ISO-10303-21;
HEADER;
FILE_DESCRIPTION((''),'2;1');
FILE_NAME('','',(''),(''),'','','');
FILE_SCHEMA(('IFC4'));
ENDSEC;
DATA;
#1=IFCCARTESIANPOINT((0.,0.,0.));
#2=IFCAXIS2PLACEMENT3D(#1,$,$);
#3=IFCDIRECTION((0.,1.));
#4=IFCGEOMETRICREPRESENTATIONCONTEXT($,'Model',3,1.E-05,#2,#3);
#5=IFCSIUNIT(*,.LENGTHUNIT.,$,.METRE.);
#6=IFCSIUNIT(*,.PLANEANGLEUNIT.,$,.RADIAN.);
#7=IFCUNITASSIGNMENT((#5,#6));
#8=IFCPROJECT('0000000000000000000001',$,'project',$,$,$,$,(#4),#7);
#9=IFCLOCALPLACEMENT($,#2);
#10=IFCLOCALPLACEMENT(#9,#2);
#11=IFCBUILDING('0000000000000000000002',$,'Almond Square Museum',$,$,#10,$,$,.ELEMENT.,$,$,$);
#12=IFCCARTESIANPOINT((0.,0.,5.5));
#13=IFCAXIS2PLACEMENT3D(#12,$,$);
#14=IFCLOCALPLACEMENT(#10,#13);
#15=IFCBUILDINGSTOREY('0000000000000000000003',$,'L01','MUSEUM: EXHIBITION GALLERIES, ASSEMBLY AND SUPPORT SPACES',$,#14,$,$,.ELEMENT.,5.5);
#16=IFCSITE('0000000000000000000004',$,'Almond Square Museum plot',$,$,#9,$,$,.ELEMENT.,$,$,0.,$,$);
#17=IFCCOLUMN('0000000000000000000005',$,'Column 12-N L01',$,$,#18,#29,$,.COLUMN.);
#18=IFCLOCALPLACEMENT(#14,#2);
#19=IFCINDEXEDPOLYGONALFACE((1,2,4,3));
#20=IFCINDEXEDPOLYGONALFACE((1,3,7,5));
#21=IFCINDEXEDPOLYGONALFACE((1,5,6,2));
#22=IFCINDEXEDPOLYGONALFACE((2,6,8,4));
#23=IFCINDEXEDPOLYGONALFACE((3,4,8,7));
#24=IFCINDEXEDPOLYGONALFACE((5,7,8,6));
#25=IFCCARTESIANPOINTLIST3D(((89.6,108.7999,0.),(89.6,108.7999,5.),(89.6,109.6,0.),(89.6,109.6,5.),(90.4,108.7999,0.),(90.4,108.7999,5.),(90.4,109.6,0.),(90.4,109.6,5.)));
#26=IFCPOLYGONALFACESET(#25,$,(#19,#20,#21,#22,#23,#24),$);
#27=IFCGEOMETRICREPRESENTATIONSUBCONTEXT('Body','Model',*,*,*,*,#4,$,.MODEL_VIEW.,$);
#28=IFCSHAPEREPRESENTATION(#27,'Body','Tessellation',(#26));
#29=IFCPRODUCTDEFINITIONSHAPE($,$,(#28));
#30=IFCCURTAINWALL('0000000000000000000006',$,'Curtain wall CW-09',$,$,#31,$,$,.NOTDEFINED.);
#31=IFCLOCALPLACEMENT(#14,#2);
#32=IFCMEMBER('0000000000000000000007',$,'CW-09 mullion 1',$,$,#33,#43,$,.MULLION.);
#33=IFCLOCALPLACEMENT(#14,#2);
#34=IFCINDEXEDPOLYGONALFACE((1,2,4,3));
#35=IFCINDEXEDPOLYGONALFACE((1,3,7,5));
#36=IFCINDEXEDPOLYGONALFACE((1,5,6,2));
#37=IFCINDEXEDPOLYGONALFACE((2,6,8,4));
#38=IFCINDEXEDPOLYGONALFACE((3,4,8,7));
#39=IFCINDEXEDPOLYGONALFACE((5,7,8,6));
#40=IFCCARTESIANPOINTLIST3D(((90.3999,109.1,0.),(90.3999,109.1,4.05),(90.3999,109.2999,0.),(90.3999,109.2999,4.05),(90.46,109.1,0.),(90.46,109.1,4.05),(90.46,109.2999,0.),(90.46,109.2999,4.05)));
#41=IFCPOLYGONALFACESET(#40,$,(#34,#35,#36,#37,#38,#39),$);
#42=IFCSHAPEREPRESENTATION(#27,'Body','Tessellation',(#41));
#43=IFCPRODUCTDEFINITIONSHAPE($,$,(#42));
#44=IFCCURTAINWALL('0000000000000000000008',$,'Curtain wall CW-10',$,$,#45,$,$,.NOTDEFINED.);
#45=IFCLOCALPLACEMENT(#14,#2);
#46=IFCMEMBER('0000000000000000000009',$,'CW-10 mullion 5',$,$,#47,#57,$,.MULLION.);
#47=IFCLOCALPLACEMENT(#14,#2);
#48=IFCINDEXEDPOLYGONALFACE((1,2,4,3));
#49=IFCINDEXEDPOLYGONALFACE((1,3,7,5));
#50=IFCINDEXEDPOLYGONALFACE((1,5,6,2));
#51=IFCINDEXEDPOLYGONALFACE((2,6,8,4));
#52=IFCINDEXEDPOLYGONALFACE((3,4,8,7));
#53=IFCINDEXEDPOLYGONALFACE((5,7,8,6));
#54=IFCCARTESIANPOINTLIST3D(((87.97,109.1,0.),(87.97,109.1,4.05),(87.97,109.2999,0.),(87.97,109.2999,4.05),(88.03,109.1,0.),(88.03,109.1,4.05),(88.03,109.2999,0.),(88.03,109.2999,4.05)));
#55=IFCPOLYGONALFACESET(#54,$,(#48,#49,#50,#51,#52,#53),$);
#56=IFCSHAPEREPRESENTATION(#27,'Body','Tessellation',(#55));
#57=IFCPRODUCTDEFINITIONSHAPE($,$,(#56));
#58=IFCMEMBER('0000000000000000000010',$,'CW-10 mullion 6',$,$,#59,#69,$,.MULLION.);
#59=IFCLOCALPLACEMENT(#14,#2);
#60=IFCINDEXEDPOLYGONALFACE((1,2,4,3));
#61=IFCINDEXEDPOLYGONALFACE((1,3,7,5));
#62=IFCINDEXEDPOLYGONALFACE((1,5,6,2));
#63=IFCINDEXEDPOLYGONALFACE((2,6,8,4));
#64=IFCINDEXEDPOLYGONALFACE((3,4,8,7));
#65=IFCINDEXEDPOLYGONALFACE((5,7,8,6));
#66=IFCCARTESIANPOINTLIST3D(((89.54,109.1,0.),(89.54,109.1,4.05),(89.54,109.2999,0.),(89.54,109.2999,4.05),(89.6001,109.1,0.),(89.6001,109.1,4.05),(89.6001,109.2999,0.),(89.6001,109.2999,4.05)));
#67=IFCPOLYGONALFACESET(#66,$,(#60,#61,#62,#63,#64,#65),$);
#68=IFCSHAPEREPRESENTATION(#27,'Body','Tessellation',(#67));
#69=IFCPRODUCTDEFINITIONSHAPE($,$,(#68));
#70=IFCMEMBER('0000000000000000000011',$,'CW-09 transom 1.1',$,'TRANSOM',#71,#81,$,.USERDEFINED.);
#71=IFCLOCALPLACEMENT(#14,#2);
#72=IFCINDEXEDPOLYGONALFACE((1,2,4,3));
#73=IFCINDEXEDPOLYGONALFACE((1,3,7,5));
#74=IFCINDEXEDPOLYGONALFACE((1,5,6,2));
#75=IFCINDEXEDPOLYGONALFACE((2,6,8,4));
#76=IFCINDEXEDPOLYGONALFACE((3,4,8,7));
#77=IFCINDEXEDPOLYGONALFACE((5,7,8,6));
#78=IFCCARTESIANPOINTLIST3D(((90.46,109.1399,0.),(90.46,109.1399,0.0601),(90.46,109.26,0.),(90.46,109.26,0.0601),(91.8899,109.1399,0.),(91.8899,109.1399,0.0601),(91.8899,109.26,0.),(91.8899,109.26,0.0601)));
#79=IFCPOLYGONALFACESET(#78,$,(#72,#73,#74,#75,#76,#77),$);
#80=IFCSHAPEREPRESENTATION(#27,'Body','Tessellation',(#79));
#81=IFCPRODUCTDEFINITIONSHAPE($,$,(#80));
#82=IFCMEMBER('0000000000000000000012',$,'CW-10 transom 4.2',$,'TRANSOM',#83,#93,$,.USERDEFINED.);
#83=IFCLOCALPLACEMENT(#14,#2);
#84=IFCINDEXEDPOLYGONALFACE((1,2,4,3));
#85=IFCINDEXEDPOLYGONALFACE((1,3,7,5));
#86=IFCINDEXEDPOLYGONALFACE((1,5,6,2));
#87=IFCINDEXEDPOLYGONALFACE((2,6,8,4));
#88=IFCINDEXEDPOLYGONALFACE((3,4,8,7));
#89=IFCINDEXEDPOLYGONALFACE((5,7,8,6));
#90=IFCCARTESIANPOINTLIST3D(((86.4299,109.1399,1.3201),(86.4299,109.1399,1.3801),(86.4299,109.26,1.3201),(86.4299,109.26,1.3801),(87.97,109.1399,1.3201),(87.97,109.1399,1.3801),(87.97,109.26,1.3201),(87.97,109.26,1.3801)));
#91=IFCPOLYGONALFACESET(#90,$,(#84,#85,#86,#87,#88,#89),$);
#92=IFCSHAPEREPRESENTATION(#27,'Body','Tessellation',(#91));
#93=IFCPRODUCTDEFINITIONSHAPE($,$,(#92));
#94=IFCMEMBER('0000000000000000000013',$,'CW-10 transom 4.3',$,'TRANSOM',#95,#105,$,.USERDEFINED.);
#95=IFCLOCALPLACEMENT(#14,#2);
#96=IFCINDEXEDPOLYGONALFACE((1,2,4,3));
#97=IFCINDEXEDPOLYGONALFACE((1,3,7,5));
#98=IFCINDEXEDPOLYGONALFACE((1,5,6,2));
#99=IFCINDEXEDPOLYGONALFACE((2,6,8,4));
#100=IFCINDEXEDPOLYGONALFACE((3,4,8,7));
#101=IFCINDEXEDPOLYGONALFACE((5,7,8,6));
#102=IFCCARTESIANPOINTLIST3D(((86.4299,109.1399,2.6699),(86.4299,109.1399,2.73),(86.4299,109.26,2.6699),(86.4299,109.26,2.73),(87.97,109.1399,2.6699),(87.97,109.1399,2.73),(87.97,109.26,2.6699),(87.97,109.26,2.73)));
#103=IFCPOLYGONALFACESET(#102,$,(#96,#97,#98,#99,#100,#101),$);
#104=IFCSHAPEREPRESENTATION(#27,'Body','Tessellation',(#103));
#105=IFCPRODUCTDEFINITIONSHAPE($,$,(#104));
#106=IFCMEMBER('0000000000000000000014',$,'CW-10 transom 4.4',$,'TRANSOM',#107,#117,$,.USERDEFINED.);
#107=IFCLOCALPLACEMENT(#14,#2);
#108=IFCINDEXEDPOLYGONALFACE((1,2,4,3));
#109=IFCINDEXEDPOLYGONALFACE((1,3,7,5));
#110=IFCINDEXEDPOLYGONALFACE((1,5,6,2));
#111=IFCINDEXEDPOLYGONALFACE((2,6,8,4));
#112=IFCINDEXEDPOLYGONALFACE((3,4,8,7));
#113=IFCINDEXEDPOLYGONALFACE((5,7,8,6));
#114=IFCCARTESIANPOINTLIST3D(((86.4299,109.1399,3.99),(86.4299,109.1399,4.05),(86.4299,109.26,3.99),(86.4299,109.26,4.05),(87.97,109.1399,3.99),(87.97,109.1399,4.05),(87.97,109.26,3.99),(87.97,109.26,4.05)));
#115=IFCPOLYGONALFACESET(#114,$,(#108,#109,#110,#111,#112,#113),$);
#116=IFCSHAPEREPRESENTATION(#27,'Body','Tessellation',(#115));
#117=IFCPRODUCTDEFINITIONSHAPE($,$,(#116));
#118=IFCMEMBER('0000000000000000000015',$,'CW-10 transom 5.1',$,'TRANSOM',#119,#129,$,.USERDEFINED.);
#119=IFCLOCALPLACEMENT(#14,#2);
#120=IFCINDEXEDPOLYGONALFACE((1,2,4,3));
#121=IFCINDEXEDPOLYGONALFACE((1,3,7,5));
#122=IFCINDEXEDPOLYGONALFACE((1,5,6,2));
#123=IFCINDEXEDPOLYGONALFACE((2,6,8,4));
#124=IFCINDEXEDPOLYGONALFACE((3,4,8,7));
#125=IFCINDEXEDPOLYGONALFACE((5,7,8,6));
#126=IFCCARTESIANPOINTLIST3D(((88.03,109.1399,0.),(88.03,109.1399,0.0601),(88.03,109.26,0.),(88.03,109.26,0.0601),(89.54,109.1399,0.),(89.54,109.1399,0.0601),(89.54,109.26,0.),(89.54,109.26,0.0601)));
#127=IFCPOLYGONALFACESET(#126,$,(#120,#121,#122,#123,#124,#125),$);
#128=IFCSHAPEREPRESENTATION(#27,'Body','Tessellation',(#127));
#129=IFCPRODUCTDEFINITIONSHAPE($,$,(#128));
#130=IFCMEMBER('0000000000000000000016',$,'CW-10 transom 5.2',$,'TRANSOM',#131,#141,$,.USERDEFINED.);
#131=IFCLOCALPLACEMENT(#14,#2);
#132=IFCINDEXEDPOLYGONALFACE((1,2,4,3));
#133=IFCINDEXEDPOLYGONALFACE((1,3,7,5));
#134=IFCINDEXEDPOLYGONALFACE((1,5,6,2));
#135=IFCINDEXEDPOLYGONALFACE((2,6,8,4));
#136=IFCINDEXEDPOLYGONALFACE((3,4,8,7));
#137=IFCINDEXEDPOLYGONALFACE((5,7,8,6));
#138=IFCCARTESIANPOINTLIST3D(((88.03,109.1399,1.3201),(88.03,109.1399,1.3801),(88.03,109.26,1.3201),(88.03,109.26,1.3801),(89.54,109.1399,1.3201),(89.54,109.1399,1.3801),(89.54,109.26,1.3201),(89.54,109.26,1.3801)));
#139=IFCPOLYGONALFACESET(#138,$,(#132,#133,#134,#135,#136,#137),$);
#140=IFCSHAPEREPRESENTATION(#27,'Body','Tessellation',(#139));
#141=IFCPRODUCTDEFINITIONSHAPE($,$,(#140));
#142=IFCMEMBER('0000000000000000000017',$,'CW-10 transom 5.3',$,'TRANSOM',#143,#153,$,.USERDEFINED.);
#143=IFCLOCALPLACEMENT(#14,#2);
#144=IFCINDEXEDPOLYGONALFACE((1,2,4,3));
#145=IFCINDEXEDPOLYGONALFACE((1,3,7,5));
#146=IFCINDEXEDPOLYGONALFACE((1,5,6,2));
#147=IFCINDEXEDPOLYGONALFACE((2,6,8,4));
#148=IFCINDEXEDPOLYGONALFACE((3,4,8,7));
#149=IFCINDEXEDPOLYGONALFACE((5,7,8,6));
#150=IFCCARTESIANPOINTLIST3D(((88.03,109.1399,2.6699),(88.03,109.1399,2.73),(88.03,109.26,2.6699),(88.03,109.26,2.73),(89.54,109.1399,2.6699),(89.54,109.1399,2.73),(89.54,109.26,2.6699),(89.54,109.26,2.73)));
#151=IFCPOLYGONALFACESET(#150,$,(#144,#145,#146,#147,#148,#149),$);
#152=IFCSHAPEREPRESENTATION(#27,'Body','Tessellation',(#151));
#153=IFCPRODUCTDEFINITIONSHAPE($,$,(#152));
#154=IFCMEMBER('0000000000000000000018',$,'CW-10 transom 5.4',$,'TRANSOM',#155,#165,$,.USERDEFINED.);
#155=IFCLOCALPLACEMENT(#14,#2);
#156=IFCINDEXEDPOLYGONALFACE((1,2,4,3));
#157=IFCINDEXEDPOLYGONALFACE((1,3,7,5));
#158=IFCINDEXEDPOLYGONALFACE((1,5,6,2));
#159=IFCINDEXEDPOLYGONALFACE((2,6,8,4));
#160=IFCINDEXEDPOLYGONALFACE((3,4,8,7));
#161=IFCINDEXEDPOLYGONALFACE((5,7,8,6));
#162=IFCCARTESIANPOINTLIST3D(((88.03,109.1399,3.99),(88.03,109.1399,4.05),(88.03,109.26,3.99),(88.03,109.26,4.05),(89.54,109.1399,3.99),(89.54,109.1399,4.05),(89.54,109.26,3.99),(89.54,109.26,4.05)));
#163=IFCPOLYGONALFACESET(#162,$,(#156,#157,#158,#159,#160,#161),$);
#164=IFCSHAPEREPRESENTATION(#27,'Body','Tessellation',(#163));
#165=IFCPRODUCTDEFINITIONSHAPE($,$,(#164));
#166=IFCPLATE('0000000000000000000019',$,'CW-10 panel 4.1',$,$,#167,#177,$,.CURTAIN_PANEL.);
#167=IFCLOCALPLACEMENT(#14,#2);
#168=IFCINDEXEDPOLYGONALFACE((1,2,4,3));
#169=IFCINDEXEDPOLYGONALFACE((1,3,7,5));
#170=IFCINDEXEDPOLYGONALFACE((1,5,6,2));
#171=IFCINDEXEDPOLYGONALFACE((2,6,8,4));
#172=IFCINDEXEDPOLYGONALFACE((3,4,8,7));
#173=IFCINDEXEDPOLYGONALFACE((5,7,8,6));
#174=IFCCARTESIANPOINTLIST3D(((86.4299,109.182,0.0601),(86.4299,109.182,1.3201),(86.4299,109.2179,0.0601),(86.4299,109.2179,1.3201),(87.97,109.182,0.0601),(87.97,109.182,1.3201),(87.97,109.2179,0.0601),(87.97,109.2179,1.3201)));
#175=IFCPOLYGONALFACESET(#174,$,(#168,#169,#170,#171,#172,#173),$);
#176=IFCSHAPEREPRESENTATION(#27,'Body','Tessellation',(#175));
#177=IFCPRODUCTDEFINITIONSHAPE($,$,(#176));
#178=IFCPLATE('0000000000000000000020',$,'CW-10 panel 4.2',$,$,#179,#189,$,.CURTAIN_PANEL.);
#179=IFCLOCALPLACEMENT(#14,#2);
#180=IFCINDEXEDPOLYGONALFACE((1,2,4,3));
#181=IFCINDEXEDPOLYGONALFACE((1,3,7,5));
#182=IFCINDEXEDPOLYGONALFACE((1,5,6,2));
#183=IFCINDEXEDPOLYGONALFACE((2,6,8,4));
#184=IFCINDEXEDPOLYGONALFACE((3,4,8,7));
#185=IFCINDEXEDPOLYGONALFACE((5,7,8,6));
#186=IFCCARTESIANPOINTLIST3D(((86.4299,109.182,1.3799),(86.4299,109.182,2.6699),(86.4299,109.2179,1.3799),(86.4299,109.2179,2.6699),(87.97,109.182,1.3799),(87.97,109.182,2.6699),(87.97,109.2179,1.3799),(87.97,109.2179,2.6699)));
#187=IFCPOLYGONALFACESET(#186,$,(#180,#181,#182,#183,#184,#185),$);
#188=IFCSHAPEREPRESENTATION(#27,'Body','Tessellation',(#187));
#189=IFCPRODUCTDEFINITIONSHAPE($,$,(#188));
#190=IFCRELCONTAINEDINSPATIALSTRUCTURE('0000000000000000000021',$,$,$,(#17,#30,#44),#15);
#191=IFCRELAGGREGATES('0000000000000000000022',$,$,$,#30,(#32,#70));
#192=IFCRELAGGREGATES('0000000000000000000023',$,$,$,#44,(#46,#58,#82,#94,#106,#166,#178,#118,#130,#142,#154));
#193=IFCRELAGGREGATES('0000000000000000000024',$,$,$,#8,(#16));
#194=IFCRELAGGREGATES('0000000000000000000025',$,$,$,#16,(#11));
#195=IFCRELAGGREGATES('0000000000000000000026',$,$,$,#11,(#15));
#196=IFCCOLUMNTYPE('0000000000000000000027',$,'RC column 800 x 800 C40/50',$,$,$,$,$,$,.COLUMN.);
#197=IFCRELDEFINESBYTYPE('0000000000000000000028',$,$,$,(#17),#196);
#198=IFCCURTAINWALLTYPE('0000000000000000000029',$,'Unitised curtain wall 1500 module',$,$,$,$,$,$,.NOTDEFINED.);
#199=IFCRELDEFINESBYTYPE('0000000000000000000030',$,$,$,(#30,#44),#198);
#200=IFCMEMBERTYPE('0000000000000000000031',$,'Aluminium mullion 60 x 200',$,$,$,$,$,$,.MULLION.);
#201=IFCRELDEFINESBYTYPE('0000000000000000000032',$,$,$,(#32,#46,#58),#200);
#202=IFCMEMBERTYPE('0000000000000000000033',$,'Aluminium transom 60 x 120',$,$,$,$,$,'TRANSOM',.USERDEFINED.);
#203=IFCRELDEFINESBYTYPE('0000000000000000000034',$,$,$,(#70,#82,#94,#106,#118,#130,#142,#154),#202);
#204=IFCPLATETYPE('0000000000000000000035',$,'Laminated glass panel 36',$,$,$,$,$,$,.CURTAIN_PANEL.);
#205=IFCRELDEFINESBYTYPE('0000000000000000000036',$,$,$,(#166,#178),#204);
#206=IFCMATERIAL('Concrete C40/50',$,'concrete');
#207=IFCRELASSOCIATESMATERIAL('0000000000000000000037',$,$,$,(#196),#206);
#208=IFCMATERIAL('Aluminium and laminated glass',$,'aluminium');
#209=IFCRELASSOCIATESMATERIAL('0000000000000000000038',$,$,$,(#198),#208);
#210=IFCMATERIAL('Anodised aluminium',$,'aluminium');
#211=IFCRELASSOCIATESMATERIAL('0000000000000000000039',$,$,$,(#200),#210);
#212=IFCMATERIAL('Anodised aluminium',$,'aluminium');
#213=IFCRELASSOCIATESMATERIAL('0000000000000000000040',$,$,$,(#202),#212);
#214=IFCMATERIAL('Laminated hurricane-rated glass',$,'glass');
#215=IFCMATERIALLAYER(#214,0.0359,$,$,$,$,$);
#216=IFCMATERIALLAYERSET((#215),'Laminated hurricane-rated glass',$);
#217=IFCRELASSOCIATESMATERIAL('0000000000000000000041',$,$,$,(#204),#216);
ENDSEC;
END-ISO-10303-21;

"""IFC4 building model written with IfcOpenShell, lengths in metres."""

from ifc_helpers import new_model, si_unit, direction, frame, origin, origin_2d, place, context, subcontext, project, spatial, rectangle, extrude, material, layer, layer_set, material_profile, profile_set, type_object, element, aggregate, save


model = new_model("IFC4")

# Units and contexts
model_context = context("Model", 3, precision=1e-05, world=origin(), true_north=direction((0.0, 1.0)))
body_context = subcontext(model_context, "Body", "Model", "MODEL_VIEW")
ifc_project = project(units=[si_unit("LENGTHUNIT", "METRE"), si_unit("PLANEANGLEUNIT", "RADIAN")], contexts=[model_context])

# Site, building, storey
site_placement = place(None, origin())
site = spatial("IfcSite", under=ifc_project, at=site_placement, Name="Almond Square Museum plot", CompositionType="ELEMENT", RefElevation=0.0)
building_placement = place(site_placement, origin())
building = spatial("IfcBuilding", under=site, at=building_placement, Name="Almond Square Museum", CompositionType="ELEMENT")
storey_placement = place(building_placement, frame((0.0, 0.0, 5.5)))
storey = spatial("IfcBuildingStorey", under=building, at=storey_placement, Name="L01", Description="MUSEUM: EXHIBITION GALLERIES, ASSEMBLY AND SUPPORT SPACES", CompositionType="ELEMENT", Elevation=5.5)

# Column
ifc_material_1 = material(Name="Concrete C40/50", Category="concrete")
ifc_material_profile_1 = material_profile(ifc_material_1, rectangle(XDim=0.8, YDim=0.8, at=origin_2d()))
ifc_profile_set_1 = profile_set([ifc_material_profile_1], Name="Concrete C40/50")
column_type = type_object("IfcColumnType", Name="RC column 800 x 800 C40/50", PredefinedType="COLUMN", material=ifc_profile_set_1)
column_placement = place(storey_placement, frame((90.0, 109.2, 0.0), z_axis=(0.0, 0.0, 1.0), x_axis=(1.0, 0.0, 0.0)))
element("IfcColumn", 1, at=column_placement, inside=storey, type_object=column_type, Name="Column 12-N L01", PredefinedType="COLUMN", context=body_context, shape_type="SweptSolid", body=[
    extrude(rectangle(XDim=0.8, YDim=0.8, at=origin_2d()), origin(), (0.0, 0.0, 1.0), 5.0),
])

# Curtain wall, member
ifc_material_2 = material(Name="Aluminium and laminated glass", Category="aluminium")
curtain_wall_type = type_object("IfcCurtainWallType", Name="Unitised curtain wall 1500 module", PredefinedType="NOTDEFINED", material=ifc_material_2)
curtain_wall_1_placement = place(storey_placement, origin())
curtain_wall_1 = element("IfcCurtainWall", 2, at=curtain_wall_1_placement, inside=storey, type_object=curtain_wall_type, Name="Curtain wall CW-09", PredefinedType="NOTDEFINED")
ifc_material_3 = material(Name="Anodised aluminium", Category="aluminium")
ifc_material_profile_2 = material_profile(ifc_material_3, rectangle(XDim=0.2, YDim=0.0601, at=origin_2d()))
ifc_profile_set_2 = profile_set([ifc_material_profile_2], Name="Anodised aluminium")
member_type_1 = type_object("IfcMemberType", Name="Aluminium mullion 60 x 200", PredefinedType="MULLION", material=ifc_profile_set_2)
member_1_placement = place(storey_placement, frame((90.4299, 109.2, 0.0), z_axis=(0.0, 0.0, 1.0), x_axis=(0.0, 1.0, 0.0)))
member_1 = element("IfcMember", 3, at=member_1_placement, type_object=member_type_1, Name="CW-09 mullion 1", PredefinedType="MULLION", context=body_context, shape_type="SweptSolid", body=[
    extrude(rectangle(XDim=0.2, YDim=0.0601, at=origin_2d()), origin(), (0.0, 0.0, 1.0), 4.05),
])

# Curtain wall, members
curtain_wall_2_placement = place(storey_placement, origin())
curtain_wall_2 = element("IfcCurtainWall", 4, at=curtain_wall_2_placement, inside=storey, type_object=curtain_wall_type, Name="Curtain wall CW-10", PredefinedType="NOTDEFINED")
member_2_placement = place(storey_placement, frame((88.0, 109.2, 0.0), z_axis=(0.0, 0.0, 1.0), x_axis=(0.0, 1.0, 0.0)))
member_2 = element("IfcMember", 5, at=member_2_placement, type_object=member_type_1, Name="CW-10 mullion 5", PredefinedType="MULLION", context=body_context, shape_type="SweptSolid", body=[
    extrude(rectangle(XDim=0.2, YDim=0.0601, at=origin_2d()), origin(), (0.0, 0.0, 1.0), 4.05),
])
member_3_placement = place(storey_placement, frame((89.5701, 109.2, 0.0), z_axis=(0.0, 0.0, 1.0), x_axis=(0.0, 1.0, 0.0)))
member_3 = element("IfcMember", 6, at=member_3_placement, type_object=member_type_1, Name="CW-10 mullion 6", PredefinedType="MULLION", context=body_context, shape_type="SweptSolid", body=[
    extrude(rectangle(XDim=0.2, YDim=0.0601, at=origin_2d()), origin(), (0.0, 0.0, 1.0), 4.05),
])

# Members
ifc_material_4 = material(Name="Anodised aluminium", Category="aluminium")
ifc_material_profile_3 = material_profile(ifc_material_4, rectangle(XDim=0.1201, YDim=0.0601, at=origin_2d()))
ifc_profile_set_3 = profile_set([ifc_material_profile_3], Name="Anodised aluminium")
member_type_2 = type_object("IfcMemberType", Name="Aluminium transom 60 x 120", ElementType="TRANSOM", PredefinedType="USERDEFINED", material=ifc_profile_set_3)
member_4_placement = place(storey_placement, frame((90.46, 109.2, 0.03), z_axis=(1.0, 0.0, 0.0), x_axis=(0.0, 1.0, 0.0)))
member_4 = element("IfcMember", 7, at=member_4_placement, type_object=member_type_2, Name="CW-09 transom 1.1", ObjectType="TRANSOM", PredefinedType="USERDEFINED", context=body_context, shape_type="SweptSolid", body=[
    extrude(rectangle(XDim=0.1201, YDim=0.0601, at=origin_2d()), origin(), (0.0, 0.0, 1.0), 1.4299),
])
aggregate(curtain_wall_1, [member_1, member_4])
member_5_placement = place(storey_placement, frame((86.4299, 109.2, 1.3501), z_axis=(1.0, 0.0, 0.0), x_axis=(0.0, 1.0, 0.0)))
member_5 = element("IfcMember", 8, at=member_5_placement, type_object=member_type_2, Name="CW-10 transom 4.2", ObjectType="TRANSOM", PredefinedType="USERDEFINED", context=body_context, shape_type="SweptSolid", body=[
    extrude(rectangle(XDim=0.1201, YDim=0.0601, at=origin_2d()), origin(), (0.0, 0.0, 1.0), 1.54),
])
member_6_placement = place(storey_placement, frame((86.4299, 109.2, 2.7), z_axis=(1.0, 0.0, 0.0), x_axis=(0.0, 1.0, 0.0)))
member_6 = element("IfcMember", 9, at=member_6_placement, type_object=member_type_2, Name="CW-10 transom 4.3", ObjectType="TRANSOM", PredefinedType="USERDEFINED", context=body_context, shape_type="SweptSolid", body=[
    extrude(rectangle(XDim=0.1201, YDim=0.0601, at=origin_2d()), origin(), (0.0, 0.0, 1.0), 1.54),
])
member_7_placement = place(storey_placement, frame((86.4299, 109.2, 4.02), z_axis=(1.0, 0.0, 0.0), x_axis=(0.0, 1.0, 0.0)))
member_7 = element("IfcMember", 10, at=member_7_placement, type_object=member_type_2, Name="CW-10 transom 4.4", ObjectType="TRANSOM", PredefinedType="USERDEFINED", context=body_context, shape_type="SweptSolid", body=[
    extrude(rectangle(XDim=0.1201, YDim=0.0601, at=origin_2d()), origin(), (0.0, 0.0, 1.0), 1.54),
])
member_8_placement = place(storey_placement, frame((88.03, 109.2, 0.03), z_axis=(1.0, 0.0, 0.0), x_axis=(0.0, 1.0, 0.0)))
member_8 = element("IfcMember", 11, at=member_8_placement, type_object=member_type_2, Name="CW-10 transom 5.1", ObjectType="TRANSOM", PredefinedType="USERDEFINED", context=body_context, shape_type="SweptSolid", body=[
    extrude(rectangle(XDim=0.1201, YDim=0.0601, at=origin_2d()), origin(), (0.0, 0.0, 1.0), 1.51),
])
member_9_placement = place(storey_placement, frame((88.03, 109.2, 1.3501), z_axis=(1.0, 0.0, 0.0), x_axis=(0.0, 1.0, 0.0)))
member_9 = element("IfcMember", 12, at=member_9_placement, type_object=member_type_2, Name="CW-10 transom 5.2", ObjectType="TRANSOM", PredefinedType="USERDEFINED", context=body_context, shape_type="SweptSolid", body=[
    extrude(rectangle(XDim=0.1201, YDim=0.0601, at=origin_2d()), origin(), (0.0, 0.0, 1.0), 1.51),
])
member_10_placement = place(storey_placement, frame((88.03, 109.2, 2.7), z_axis=(1.0, 0.0, 0.0), x_axis=(0.0, 1.0, 0.0)))
member_10 = element("IfcMember", 13, at=member_10_placement, type_object=member_type_2, Name="CW-10 transom 5.3", ObjectType="TRANSOM", PredefinedType="USERDEFINED", context=body_context, shape_type="SweptSolid", body=[
    extrude(rectangle(XDim=0.1201, YDim=0.0601, at=origin_2d()), origin(), (0.0, 0.0, 1.0), 1.51),
])
member_11_placement = place(storey_placement, frame((88.03, 109.2, 4.02), z_axis=(1.0, 0.0, 0.0), x_axis=(0.0, 1.0, 0.0)))
member_11 = element("IfcMember", 14, at=member_11_placement, type_object=member_type_2, Name="CW-10 transom 5.4", ObjectType="TRANSOM", PredefinedType="USERDEFINED", context=body_context, shape_type="SweptSolid", body=[
    extrude(rectangle(XDim=0.1201, YDim=0.0601, at=origin_2d()), origin(), (0.0, 0.0, 1.0), 1.51),
])

# Plates
ifc_material_5 = material(Name="Laminated hurricane-rated glass", Category="glass")
ifc_layer = layer(ifc_material_5, 0.0359)
ifc_layer_set = layer_set([ifc_layer], Name="Laminated hurricane-rated glass")
plate_type = type_object("IfcPlateType", Name="Laminated glass panel 36", PredefinedType="CURTAIN_PANEL", material=ifc_layer_set)
plate_1_placement = place(storey_placement, frame((87.2, 109.2, 0.0601), z_axis=(0.0, 0.0, 1.0), x_axis=(1.0, 0.0, 0.0)))
plate_1 = element("IfcPlate", 15, at=plate_1_placement, type_object=plate_type, Name="CW-10 panel 4.1", PredefinedType="CURTAIN_PANEL", context=body_context, shape_type="SweptSolid", body=[
    extrude(rectangle(XDim=1.54, YDim=0.0359, at=origin_2d()), origin(), (0.0, 0.0, 1.0), 1.26),
])
plate_2_placement = place(storey_placement, frame((87.2, 109.2, 1.3799), z_axis=(0.0, 0.0, 1.0), x_axis=(1.0, 0.0, 0.0)))
plate_2 = element("IfcPlate", 16, at=plate_2_placement, type_object=plate_type, Name="CW-10 panel 4.2", PredefinedType="CURTAIN_PANEL", context=body_context, shape_type="SweptSolid", body=[
    extrude(rectangle(XDim=1.54, YDim=0.0359, at=origin_2d()), origin(), (0.0, 0.0, 1.0), 1.29),
])
aggregate(curtain_wall_2, [member_2, member_3, member_5, member_6, member_7, plate_1, plate_2, member_8, member_9, member_10, member_11])

save(model, "model.ifc")
